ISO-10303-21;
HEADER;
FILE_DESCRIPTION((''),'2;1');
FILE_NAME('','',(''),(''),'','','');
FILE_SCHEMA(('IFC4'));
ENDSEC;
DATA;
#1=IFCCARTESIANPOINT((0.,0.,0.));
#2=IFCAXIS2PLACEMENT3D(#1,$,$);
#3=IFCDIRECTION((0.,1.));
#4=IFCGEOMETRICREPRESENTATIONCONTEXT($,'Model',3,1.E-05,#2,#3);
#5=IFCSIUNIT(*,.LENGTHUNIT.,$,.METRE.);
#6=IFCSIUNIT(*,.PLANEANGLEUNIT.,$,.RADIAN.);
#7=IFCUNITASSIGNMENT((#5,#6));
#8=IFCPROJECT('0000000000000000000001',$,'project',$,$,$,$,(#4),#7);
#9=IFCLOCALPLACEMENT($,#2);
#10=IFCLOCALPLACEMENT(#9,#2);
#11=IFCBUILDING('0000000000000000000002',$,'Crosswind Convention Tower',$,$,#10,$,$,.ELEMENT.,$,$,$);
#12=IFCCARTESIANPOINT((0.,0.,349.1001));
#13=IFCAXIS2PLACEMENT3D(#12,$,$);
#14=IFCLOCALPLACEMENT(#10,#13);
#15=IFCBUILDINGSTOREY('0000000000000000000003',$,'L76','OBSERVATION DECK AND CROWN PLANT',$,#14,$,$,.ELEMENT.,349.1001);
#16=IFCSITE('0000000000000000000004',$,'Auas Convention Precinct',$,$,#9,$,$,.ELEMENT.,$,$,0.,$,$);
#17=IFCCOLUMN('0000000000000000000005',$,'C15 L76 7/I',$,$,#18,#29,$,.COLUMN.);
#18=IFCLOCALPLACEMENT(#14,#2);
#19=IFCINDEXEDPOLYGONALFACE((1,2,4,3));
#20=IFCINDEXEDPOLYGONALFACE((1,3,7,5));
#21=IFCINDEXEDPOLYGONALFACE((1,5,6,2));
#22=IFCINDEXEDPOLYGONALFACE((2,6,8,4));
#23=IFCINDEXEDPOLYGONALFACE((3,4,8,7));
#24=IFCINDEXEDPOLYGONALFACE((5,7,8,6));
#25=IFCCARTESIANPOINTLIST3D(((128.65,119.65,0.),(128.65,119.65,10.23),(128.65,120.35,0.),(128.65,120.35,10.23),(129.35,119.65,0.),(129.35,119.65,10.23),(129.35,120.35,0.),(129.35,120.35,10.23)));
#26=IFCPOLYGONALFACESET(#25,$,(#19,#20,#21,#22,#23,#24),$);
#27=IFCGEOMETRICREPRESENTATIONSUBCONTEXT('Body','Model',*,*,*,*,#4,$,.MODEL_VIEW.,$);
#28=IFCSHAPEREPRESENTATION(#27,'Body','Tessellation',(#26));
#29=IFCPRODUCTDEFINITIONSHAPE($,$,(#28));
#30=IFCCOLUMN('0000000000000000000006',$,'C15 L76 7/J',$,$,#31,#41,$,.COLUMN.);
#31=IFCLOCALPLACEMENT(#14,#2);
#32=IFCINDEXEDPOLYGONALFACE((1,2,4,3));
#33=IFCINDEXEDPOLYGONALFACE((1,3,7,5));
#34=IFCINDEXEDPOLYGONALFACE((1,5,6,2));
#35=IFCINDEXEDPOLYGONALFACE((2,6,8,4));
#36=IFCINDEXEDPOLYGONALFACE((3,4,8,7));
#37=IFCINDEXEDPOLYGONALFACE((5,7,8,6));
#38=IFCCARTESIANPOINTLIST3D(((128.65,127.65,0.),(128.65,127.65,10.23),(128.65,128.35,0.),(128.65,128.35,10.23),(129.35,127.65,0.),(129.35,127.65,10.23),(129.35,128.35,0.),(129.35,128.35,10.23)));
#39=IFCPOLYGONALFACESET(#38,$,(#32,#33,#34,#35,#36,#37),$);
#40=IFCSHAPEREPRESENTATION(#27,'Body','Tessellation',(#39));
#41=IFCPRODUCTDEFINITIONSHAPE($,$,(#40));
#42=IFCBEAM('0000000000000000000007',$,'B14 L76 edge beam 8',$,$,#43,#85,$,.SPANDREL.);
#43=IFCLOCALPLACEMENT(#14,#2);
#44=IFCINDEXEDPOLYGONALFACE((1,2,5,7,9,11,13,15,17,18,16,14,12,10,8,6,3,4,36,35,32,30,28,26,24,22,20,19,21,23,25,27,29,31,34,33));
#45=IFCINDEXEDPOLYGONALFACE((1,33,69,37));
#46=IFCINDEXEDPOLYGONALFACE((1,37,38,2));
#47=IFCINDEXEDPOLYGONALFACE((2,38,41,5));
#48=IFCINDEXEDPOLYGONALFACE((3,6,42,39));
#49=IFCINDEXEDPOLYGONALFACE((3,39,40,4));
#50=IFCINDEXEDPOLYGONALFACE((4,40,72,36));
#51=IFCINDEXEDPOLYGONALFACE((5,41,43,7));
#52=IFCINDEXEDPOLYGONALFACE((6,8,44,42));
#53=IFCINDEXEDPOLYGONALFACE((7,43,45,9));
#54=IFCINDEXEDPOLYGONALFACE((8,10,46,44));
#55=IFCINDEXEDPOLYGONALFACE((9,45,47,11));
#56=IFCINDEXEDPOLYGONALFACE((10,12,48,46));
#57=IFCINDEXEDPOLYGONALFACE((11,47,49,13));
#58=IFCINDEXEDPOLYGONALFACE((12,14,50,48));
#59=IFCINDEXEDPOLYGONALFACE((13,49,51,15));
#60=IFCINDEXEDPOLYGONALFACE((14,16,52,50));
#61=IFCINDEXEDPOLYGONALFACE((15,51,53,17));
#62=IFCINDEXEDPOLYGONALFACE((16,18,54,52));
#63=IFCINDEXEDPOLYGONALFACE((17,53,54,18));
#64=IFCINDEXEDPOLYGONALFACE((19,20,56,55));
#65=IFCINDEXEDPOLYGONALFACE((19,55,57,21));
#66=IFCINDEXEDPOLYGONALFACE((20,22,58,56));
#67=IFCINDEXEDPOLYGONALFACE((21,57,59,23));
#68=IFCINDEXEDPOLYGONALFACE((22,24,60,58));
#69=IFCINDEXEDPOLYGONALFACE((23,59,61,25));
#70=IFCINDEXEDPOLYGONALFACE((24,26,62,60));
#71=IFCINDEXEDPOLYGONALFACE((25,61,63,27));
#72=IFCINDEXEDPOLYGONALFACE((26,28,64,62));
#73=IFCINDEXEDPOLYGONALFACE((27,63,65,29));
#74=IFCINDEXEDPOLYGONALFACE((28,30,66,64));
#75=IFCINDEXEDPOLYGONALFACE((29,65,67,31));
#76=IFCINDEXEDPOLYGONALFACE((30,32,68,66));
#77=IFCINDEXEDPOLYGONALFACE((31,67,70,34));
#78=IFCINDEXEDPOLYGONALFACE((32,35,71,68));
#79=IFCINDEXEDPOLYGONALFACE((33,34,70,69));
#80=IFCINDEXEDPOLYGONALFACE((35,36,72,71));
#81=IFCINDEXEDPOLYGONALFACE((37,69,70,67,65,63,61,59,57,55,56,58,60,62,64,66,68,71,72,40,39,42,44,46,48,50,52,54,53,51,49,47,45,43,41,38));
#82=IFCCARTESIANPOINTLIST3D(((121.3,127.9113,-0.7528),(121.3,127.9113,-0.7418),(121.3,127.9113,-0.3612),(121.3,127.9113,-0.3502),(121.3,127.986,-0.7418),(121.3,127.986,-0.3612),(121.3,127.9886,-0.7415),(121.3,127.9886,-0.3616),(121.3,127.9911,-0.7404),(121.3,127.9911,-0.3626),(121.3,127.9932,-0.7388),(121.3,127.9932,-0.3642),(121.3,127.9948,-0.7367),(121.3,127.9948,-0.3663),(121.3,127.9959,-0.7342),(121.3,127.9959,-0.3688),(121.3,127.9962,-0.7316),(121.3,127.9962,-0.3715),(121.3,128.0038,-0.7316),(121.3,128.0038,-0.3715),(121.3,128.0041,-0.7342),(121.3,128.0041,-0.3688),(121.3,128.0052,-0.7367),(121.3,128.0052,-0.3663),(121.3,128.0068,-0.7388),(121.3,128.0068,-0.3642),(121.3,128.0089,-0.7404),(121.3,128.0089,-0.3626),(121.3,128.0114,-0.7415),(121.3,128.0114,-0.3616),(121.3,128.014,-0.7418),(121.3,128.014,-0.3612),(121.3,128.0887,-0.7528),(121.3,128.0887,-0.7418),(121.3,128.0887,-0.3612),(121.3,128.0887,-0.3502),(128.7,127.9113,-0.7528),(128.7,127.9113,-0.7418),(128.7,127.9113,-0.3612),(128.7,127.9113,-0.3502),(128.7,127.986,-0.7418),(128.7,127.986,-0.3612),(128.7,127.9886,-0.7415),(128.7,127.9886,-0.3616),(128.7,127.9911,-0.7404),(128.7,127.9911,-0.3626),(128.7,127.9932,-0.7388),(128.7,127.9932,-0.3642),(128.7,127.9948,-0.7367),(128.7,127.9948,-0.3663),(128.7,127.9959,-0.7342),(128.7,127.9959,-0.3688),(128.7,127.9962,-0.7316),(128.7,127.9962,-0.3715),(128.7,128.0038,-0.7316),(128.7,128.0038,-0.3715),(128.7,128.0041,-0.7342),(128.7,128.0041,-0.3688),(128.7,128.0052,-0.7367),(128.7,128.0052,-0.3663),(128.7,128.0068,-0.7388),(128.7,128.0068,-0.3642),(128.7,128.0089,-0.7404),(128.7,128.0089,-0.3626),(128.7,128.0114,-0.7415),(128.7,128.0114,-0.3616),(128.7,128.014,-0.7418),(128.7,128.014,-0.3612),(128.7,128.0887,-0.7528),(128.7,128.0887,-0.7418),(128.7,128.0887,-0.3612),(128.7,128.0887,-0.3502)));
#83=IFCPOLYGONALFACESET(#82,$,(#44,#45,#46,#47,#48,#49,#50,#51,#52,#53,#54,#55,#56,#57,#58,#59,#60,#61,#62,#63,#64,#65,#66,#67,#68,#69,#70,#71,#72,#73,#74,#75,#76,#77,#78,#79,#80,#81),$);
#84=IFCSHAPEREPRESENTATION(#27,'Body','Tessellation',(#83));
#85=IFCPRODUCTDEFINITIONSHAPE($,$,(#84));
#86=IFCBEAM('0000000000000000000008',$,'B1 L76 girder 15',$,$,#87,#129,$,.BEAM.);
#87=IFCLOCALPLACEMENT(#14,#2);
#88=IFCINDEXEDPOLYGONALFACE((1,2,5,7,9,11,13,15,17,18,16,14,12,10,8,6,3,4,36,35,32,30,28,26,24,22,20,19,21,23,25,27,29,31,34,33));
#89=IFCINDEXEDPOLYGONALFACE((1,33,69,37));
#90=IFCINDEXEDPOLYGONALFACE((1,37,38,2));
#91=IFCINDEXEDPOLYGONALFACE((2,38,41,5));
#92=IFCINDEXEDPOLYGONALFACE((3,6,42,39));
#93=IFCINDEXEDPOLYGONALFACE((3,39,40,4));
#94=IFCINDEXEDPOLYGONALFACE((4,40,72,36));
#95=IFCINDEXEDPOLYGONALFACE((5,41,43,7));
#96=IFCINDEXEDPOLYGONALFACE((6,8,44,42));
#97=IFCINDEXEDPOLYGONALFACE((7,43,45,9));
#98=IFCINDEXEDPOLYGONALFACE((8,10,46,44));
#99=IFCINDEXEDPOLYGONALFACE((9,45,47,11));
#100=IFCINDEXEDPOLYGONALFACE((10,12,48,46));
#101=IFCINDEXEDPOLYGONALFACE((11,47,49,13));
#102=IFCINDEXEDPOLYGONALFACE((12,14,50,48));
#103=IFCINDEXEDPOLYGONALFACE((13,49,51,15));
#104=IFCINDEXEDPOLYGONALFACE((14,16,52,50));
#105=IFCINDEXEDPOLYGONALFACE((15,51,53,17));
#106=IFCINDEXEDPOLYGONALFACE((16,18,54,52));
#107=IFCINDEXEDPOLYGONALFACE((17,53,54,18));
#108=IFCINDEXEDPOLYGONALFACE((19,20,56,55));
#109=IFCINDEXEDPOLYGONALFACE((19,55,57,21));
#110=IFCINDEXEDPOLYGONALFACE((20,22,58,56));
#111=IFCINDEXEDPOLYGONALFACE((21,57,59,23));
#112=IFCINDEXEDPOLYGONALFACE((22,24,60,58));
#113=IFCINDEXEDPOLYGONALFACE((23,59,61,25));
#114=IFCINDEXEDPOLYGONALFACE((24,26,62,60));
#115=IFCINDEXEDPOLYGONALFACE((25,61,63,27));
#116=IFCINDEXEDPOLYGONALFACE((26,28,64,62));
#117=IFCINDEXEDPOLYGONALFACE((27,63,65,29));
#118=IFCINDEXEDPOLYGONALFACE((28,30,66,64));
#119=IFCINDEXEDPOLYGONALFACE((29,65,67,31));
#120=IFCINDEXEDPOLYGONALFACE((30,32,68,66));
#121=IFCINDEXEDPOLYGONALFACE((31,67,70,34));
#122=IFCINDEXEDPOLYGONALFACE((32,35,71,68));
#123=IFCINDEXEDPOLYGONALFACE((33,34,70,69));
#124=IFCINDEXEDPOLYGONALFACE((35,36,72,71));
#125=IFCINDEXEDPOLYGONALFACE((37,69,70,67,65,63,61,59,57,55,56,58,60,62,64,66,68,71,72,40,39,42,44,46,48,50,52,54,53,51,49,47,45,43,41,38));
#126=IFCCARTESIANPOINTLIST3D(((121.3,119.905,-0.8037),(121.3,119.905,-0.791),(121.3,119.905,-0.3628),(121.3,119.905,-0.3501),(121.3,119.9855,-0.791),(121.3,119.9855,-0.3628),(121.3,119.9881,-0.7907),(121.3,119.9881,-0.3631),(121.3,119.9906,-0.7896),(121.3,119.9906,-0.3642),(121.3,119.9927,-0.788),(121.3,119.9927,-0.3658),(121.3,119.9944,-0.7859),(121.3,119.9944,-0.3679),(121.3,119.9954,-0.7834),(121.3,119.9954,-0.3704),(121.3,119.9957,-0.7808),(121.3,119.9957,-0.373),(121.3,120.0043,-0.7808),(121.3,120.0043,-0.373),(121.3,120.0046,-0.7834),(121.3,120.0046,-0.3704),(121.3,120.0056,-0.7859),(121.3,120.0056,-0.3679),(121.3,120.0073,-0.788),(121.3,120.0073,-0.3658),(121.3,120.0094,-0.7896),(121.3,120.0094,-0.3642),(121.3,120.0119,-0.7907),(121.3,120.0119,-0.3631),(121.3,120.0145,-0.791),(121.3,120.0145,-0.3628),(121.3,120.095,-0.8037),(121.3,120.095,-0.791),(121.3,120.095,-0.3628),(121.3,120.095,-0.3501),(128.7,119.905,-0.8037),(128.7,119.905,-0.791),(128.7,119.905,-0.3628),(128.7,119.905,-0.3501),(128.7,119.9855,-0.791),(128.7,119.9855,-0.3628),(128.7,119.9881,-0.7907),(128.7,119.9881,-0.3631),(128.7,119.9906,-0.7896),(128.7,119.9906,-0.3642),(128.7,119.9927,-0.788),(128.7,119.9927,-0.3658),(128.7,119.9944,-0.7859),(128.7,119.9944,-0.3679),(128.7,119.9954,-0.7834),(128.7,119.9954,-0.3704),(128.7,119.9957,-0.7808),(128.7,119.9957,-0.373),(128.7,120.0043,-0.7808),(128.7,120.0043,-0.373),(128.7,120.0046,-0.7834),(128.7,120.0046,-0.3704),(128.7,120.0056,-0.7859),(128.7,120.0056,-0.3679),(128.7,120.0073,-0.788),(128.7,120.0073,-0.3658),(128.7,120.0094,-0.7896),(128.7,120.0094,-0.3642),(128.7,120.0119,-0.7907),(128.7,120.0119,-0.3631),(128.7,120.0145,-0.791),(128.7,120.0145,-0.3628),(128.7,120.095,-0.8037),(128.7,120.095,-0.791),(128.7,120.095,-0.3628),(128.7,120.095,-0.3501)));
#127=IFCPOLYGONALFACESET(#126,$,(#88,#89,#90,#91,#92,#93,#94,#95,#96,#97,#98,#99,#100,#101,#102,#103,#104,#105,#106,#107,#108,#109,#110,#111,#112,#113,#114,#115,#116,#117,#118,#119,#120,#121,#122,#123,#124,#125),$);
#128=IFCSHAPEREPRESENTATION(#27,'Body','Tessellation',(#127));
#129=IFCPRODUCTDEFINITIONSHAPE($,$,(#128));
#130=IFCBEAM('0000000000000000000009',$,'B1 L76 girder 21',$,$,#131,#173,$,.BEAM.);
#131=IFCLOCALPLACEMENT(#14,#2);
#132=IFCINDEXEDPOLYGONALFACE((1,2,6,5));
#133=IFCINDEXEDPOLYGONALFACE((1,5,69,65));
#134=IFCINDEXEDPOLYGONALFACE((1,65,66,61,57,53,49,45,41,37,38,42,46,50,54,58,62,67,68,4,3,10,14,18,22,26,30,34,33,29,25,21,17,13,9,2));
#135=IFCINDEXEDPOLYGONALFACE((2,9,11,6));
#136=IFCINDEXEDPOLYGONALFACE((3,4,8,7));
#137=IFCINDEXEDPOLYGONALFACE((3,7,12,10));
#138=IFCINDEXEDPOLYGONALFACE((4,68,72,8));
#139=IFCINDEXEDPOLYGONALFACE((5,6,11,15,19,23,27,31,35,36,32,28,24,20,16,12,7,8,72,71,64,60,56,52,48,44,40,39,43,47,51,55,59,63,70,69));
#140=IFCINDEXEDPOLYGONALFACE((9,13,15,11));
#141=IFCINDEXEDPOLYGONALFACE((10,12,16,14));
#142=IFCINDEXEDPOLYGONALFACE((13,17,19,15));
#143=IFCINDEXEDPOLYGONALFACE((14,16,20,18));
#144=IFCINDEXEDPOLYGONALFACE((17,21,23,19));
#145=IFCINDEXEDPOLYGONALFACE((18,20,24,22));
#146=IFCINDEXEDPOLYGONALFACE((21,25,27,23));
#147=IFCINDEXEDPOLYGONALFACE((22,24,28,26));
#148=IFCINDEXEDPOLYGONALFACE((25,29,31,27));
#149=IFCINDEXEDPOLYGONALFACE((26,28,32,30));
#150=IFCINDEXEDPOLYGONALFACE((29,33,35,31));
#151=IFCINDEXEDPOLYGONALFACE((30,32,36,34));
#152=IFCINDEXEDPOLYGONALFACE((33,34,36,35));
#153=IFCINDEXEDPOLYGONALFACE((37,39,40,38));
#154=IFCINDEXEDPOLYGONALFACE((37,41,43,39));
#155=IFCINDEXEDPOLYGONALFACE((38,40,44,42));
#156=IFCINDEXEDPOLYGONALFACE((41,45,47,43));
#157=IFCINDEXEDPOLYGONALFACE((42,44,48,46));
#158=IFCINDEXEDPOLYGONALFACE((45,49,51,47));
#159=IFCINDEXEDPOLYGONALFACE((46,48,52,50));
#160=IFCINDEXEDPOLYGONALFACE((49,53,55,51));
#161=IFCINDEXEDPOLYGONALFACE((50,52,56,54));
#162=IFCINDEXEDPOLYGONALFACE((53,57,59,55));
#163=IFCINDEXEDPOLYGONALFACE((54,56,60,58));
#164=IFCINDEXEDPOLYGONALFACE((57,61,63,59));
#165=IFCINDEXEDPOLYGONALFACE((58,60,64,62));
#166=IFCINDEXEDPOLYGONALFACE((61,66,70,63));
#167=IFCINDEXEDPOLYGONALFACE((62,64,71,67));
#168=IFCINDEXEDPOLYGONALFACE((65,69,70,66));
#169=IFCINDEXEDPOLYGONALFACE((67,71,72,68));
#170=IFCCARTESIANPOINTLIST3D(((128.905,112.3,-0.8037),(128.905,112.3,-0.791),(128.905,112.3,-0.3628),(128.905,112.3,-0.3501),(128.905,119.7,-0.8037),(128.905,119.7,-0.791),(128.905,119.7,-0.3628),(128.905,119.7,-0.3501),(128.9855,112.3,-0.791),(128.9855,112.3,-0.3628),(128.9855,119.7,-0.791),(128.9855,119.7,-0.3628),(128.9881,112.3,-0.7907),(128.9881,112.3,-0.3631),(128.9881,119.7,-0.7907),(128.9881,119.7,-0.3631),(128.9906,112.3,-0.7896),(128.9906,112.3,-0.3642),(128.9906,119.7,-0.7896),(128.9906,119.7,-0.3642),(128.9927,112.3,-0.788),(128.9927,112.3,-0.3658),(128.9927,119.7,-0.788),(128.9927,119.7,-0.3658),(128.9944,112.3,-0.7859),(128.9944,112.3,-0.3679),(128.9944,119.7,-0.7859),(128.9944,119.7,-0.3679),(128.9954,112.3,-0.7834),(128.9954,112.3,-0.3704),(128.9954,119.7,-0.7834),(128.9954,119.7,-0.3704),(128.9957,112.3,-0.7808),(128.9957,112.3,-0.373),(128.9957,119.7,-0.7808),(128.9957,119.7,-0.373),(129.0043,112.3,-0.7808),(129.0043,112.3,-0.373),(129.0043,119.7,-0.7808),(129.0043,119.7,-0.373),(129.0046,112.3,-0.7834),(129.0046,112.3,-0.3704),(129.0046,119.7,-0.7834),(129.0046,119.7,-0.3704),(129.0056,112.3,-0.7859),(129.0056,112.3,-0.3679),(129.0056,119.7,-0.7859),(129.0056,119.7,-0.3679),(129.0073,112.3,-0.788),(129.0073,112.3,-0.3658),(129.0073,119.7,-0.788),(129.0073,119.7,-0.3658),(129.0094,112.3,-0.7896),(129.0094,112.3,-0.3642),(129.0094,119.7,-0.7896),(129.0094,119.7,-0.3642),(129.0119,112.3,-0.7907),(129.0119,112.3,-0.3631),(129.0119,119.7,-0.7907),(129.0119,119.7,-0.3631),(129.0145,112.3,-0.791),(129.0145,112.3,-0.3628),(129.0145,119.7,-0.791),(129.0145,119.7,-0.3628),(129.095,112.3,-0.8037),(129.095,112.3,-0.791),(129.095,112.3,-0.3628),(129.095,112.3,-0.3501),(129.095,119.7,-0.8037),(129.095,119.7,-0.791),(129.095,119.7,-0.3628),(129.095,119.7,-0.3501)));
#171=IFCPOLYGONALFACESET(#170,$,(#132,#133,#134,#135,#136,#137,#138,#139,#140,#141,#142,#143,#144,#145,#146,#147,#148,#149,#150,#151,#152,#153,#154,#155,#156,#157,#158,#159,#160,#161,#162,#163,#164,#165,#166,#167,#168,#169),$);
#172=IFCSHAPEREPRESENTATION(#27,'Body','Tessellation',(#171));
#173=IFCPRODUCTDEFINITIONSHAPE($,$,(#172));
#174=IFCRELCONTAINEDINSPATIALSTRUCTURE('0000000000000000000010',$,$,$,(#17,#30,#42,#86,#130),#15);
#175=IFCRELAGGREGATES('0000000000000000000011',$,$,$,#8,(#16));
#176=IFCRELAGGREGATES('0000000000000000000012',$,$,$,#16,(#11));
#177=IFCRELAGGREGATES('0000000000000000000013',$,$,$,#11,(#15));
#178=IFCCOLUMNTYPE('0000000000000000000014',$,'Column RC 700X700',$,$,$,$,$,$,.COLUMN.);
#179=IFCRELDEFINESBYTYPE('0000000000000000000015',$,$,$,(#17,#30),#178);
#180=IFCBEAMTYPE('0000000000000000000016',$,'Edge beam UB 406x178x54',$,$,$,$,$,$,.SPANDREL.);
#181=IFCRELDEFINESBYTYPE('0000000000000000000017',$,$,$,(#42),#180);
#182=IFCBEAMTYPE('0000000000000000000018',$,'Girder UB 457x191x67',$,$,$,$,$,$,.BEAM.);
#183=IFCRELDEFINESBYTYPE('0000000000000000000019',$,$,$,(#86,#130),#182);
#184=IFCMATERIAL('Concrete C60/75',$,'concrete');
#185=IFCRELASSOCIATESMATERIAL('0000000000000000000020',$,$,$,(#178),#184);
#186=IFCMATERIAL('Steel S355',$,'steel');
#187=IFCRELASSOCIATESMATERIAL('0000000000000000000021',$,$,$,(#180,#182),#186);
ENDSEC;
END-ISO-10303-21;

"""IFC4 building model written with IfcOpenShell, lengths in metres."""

from ifc_helpers import new_model, si_unit, direction, frame, origin, origin_2d, place, context, subcontext, project, spatial, rectangle, i_section, extrude, material, material_profile, profile_set, type_object, element, save


model = new_model("IFC4")

# Units and contexts
model_context = context("Model", 3, precision=1e-05, world=origin(), true_north=direction((0.0, 1.0)))
body_context = subcontext(model_context, "Body", "Model", "MODEL_VIEW")
ifc_project = project(units=[si_unit("LENGTHUNIT", "METRE"), si_unit("PLANEANGLEUNIT", "RADIAN")], contexts=[model_context])

# Site, building, storey
site_placement = place(None, origin())
site = spatial("IfcSite", under=ifc_project, at=site_placement, Name="Auas Convention Precinct", CompositionType="ELEMENT", RefElevation=0.0)
building_placement = place(site_placement, origin())
building = spatial("IfcBuilding", under=site, at=building_placement, Name="Crosswind Convention Tower", CompositionType="ELEMENT")
storey_placement = place(building_placement, frame((0.0, 0.0, 349.1001)))
storey = spatial("IfcBuildingStorey", under=building, at=storey_placement, Name="L76", Description="OBSERVATION DECK AND CROWN PLANT", CompositionType="ELEMENT", Elevation=349.1001)

# Columns
ifc_material_1 = material(Name="Concrete C60/75", Category="concrete")
ifc_material_profile_1 = material_profile(ifc_material_1, rectangle(XDim=0.7, YDim=0.7, at=origin_2d()), Name="RC 700X700")
ifc_profile_set_1 = profile_set([ifc_material_profile_1], Name="Concrete C60/75")
column_type = type_object("IfcColumnType", Name="Column RC 700X700", PredefinedType="COLUMN", material=ifc_profile_set_1)
for number, where, z_axis, x_axis, name in (
    (1, (129.0, 120.0, 0.0), (0.0, 0.0, 1.0), (1.0, 0.0, 0.0), "C15 L76 7/I"),
    (2, (129.0, 128.0, 0.0), (0.0, 0.0, 1.0), (1.0, 0.0, 0.0), "C15 L76 7/J"),
):
    element("IfcColumn", number, at=place(storey_placement, frame(where, z_axis=z_axis, x_axis=x_axis)), inside=storey, type_object=column_type, Name=name, PredefinedType="COLUMN", context=body_context, shape_type="SweptSolid", body=[
        extrude(rectangle(XDim=0.7, YDim=0.7, at=origin_2d()), origin(), (0.0, 0.0, 1.0), 10.23),
    ])

# Beams
ifc_material_2 = material(Name="Steel S355", Category="steel")
ifc_material_profile_2 = material_profile(ifc_material_2, i_section(OverallWidth=0.1775, OverallDepth=0.4026, WebThickness=0.0076, FlangeThickness=0.011, FilletRadius=0.0103, at=origin_2d()), Name="UB 406x178x54")
ifc_profile_set_2 = profile_set([ifc_material_profile_2], Name="Steel S355")
beam_type_1 = type_object("IfcBeamType", Name="Edge beam UB 406x178x54", PredefinedType="SPANDREL", material=ifc_profile_set_2)
beam_placement = place(storey_placement, frame((121.3, 128.0, -0.5515), z_axis=(1.0, 0.0, 0.0), x_axis=(0.0, 1.0, 0.0)))
element("IfcBeam", 3, at=beam_placement, inside=storey, type_object=beam_type_1, Name="B14 L76 edge beam 8", PredefinedType="SPANDREL", context=body_context, shape_type="SweptSolid", body=[
    extrude(i_section(OverallWidth=0.1775, OverallDepth=0.4026, WebThickness=0.0076, FlangeThickness=0.011, FilletRadius=0.0103, at=origin_2d()), origin(), (0.0, 0.0, 1.0), 7.3999),
])
ifc_material_profile_3 = material_profile(ifc_material_2, i_section(OverallWidth=0.1899, OverallDepth=0.4536, WebThickness=0.0085, FlangeThickness=0.0127, FilletRadius=0.0103, at=origin_2d()), Name="UB 457x191x67")
ifc_profile_set_3 = profile_set([ifc_material_profile_3], Name="Steel S355")
beam_type_2 = type_object("IfcBeamType", Name="Girder UB 457x191x67", PredefinedType="BEAM", material=ifc_profile_set_3)
for number, where, z_axis, x_axis, name in (
    (4, (121.3, 120.0, -0.5769), (1.0, 0.0, 0.0), (0.0, 1.0, 0.0), "B1 L76 girder 15"),
    (5, (129.0, 112.3, -0.5769), (0.0, 1.0, 0.0), (-1.0, 0.0, 0.0), "B1 L76 girder 21"),
):
    element("IfcBeam", number, at=place(storey_placement, frame(where, z_axis=z_axis, x_axis=x_axis)), inside=storey, type_object=beam_type_2, Name=name, PredefinedType="BEAM", context=body_context, shape_type="SweptSolid", body=[
        extrude(i_section(OverallWidth=0.1899, OverallDepth=0.4536, WebThickness=0.0085, FlangeThickness=0.0127, FilletRadius=0.0103, at=origin_2d()), origin(), (0.0, 0.0, 1.0), 7.3999),
    ])

save(model, "model.ifc")
